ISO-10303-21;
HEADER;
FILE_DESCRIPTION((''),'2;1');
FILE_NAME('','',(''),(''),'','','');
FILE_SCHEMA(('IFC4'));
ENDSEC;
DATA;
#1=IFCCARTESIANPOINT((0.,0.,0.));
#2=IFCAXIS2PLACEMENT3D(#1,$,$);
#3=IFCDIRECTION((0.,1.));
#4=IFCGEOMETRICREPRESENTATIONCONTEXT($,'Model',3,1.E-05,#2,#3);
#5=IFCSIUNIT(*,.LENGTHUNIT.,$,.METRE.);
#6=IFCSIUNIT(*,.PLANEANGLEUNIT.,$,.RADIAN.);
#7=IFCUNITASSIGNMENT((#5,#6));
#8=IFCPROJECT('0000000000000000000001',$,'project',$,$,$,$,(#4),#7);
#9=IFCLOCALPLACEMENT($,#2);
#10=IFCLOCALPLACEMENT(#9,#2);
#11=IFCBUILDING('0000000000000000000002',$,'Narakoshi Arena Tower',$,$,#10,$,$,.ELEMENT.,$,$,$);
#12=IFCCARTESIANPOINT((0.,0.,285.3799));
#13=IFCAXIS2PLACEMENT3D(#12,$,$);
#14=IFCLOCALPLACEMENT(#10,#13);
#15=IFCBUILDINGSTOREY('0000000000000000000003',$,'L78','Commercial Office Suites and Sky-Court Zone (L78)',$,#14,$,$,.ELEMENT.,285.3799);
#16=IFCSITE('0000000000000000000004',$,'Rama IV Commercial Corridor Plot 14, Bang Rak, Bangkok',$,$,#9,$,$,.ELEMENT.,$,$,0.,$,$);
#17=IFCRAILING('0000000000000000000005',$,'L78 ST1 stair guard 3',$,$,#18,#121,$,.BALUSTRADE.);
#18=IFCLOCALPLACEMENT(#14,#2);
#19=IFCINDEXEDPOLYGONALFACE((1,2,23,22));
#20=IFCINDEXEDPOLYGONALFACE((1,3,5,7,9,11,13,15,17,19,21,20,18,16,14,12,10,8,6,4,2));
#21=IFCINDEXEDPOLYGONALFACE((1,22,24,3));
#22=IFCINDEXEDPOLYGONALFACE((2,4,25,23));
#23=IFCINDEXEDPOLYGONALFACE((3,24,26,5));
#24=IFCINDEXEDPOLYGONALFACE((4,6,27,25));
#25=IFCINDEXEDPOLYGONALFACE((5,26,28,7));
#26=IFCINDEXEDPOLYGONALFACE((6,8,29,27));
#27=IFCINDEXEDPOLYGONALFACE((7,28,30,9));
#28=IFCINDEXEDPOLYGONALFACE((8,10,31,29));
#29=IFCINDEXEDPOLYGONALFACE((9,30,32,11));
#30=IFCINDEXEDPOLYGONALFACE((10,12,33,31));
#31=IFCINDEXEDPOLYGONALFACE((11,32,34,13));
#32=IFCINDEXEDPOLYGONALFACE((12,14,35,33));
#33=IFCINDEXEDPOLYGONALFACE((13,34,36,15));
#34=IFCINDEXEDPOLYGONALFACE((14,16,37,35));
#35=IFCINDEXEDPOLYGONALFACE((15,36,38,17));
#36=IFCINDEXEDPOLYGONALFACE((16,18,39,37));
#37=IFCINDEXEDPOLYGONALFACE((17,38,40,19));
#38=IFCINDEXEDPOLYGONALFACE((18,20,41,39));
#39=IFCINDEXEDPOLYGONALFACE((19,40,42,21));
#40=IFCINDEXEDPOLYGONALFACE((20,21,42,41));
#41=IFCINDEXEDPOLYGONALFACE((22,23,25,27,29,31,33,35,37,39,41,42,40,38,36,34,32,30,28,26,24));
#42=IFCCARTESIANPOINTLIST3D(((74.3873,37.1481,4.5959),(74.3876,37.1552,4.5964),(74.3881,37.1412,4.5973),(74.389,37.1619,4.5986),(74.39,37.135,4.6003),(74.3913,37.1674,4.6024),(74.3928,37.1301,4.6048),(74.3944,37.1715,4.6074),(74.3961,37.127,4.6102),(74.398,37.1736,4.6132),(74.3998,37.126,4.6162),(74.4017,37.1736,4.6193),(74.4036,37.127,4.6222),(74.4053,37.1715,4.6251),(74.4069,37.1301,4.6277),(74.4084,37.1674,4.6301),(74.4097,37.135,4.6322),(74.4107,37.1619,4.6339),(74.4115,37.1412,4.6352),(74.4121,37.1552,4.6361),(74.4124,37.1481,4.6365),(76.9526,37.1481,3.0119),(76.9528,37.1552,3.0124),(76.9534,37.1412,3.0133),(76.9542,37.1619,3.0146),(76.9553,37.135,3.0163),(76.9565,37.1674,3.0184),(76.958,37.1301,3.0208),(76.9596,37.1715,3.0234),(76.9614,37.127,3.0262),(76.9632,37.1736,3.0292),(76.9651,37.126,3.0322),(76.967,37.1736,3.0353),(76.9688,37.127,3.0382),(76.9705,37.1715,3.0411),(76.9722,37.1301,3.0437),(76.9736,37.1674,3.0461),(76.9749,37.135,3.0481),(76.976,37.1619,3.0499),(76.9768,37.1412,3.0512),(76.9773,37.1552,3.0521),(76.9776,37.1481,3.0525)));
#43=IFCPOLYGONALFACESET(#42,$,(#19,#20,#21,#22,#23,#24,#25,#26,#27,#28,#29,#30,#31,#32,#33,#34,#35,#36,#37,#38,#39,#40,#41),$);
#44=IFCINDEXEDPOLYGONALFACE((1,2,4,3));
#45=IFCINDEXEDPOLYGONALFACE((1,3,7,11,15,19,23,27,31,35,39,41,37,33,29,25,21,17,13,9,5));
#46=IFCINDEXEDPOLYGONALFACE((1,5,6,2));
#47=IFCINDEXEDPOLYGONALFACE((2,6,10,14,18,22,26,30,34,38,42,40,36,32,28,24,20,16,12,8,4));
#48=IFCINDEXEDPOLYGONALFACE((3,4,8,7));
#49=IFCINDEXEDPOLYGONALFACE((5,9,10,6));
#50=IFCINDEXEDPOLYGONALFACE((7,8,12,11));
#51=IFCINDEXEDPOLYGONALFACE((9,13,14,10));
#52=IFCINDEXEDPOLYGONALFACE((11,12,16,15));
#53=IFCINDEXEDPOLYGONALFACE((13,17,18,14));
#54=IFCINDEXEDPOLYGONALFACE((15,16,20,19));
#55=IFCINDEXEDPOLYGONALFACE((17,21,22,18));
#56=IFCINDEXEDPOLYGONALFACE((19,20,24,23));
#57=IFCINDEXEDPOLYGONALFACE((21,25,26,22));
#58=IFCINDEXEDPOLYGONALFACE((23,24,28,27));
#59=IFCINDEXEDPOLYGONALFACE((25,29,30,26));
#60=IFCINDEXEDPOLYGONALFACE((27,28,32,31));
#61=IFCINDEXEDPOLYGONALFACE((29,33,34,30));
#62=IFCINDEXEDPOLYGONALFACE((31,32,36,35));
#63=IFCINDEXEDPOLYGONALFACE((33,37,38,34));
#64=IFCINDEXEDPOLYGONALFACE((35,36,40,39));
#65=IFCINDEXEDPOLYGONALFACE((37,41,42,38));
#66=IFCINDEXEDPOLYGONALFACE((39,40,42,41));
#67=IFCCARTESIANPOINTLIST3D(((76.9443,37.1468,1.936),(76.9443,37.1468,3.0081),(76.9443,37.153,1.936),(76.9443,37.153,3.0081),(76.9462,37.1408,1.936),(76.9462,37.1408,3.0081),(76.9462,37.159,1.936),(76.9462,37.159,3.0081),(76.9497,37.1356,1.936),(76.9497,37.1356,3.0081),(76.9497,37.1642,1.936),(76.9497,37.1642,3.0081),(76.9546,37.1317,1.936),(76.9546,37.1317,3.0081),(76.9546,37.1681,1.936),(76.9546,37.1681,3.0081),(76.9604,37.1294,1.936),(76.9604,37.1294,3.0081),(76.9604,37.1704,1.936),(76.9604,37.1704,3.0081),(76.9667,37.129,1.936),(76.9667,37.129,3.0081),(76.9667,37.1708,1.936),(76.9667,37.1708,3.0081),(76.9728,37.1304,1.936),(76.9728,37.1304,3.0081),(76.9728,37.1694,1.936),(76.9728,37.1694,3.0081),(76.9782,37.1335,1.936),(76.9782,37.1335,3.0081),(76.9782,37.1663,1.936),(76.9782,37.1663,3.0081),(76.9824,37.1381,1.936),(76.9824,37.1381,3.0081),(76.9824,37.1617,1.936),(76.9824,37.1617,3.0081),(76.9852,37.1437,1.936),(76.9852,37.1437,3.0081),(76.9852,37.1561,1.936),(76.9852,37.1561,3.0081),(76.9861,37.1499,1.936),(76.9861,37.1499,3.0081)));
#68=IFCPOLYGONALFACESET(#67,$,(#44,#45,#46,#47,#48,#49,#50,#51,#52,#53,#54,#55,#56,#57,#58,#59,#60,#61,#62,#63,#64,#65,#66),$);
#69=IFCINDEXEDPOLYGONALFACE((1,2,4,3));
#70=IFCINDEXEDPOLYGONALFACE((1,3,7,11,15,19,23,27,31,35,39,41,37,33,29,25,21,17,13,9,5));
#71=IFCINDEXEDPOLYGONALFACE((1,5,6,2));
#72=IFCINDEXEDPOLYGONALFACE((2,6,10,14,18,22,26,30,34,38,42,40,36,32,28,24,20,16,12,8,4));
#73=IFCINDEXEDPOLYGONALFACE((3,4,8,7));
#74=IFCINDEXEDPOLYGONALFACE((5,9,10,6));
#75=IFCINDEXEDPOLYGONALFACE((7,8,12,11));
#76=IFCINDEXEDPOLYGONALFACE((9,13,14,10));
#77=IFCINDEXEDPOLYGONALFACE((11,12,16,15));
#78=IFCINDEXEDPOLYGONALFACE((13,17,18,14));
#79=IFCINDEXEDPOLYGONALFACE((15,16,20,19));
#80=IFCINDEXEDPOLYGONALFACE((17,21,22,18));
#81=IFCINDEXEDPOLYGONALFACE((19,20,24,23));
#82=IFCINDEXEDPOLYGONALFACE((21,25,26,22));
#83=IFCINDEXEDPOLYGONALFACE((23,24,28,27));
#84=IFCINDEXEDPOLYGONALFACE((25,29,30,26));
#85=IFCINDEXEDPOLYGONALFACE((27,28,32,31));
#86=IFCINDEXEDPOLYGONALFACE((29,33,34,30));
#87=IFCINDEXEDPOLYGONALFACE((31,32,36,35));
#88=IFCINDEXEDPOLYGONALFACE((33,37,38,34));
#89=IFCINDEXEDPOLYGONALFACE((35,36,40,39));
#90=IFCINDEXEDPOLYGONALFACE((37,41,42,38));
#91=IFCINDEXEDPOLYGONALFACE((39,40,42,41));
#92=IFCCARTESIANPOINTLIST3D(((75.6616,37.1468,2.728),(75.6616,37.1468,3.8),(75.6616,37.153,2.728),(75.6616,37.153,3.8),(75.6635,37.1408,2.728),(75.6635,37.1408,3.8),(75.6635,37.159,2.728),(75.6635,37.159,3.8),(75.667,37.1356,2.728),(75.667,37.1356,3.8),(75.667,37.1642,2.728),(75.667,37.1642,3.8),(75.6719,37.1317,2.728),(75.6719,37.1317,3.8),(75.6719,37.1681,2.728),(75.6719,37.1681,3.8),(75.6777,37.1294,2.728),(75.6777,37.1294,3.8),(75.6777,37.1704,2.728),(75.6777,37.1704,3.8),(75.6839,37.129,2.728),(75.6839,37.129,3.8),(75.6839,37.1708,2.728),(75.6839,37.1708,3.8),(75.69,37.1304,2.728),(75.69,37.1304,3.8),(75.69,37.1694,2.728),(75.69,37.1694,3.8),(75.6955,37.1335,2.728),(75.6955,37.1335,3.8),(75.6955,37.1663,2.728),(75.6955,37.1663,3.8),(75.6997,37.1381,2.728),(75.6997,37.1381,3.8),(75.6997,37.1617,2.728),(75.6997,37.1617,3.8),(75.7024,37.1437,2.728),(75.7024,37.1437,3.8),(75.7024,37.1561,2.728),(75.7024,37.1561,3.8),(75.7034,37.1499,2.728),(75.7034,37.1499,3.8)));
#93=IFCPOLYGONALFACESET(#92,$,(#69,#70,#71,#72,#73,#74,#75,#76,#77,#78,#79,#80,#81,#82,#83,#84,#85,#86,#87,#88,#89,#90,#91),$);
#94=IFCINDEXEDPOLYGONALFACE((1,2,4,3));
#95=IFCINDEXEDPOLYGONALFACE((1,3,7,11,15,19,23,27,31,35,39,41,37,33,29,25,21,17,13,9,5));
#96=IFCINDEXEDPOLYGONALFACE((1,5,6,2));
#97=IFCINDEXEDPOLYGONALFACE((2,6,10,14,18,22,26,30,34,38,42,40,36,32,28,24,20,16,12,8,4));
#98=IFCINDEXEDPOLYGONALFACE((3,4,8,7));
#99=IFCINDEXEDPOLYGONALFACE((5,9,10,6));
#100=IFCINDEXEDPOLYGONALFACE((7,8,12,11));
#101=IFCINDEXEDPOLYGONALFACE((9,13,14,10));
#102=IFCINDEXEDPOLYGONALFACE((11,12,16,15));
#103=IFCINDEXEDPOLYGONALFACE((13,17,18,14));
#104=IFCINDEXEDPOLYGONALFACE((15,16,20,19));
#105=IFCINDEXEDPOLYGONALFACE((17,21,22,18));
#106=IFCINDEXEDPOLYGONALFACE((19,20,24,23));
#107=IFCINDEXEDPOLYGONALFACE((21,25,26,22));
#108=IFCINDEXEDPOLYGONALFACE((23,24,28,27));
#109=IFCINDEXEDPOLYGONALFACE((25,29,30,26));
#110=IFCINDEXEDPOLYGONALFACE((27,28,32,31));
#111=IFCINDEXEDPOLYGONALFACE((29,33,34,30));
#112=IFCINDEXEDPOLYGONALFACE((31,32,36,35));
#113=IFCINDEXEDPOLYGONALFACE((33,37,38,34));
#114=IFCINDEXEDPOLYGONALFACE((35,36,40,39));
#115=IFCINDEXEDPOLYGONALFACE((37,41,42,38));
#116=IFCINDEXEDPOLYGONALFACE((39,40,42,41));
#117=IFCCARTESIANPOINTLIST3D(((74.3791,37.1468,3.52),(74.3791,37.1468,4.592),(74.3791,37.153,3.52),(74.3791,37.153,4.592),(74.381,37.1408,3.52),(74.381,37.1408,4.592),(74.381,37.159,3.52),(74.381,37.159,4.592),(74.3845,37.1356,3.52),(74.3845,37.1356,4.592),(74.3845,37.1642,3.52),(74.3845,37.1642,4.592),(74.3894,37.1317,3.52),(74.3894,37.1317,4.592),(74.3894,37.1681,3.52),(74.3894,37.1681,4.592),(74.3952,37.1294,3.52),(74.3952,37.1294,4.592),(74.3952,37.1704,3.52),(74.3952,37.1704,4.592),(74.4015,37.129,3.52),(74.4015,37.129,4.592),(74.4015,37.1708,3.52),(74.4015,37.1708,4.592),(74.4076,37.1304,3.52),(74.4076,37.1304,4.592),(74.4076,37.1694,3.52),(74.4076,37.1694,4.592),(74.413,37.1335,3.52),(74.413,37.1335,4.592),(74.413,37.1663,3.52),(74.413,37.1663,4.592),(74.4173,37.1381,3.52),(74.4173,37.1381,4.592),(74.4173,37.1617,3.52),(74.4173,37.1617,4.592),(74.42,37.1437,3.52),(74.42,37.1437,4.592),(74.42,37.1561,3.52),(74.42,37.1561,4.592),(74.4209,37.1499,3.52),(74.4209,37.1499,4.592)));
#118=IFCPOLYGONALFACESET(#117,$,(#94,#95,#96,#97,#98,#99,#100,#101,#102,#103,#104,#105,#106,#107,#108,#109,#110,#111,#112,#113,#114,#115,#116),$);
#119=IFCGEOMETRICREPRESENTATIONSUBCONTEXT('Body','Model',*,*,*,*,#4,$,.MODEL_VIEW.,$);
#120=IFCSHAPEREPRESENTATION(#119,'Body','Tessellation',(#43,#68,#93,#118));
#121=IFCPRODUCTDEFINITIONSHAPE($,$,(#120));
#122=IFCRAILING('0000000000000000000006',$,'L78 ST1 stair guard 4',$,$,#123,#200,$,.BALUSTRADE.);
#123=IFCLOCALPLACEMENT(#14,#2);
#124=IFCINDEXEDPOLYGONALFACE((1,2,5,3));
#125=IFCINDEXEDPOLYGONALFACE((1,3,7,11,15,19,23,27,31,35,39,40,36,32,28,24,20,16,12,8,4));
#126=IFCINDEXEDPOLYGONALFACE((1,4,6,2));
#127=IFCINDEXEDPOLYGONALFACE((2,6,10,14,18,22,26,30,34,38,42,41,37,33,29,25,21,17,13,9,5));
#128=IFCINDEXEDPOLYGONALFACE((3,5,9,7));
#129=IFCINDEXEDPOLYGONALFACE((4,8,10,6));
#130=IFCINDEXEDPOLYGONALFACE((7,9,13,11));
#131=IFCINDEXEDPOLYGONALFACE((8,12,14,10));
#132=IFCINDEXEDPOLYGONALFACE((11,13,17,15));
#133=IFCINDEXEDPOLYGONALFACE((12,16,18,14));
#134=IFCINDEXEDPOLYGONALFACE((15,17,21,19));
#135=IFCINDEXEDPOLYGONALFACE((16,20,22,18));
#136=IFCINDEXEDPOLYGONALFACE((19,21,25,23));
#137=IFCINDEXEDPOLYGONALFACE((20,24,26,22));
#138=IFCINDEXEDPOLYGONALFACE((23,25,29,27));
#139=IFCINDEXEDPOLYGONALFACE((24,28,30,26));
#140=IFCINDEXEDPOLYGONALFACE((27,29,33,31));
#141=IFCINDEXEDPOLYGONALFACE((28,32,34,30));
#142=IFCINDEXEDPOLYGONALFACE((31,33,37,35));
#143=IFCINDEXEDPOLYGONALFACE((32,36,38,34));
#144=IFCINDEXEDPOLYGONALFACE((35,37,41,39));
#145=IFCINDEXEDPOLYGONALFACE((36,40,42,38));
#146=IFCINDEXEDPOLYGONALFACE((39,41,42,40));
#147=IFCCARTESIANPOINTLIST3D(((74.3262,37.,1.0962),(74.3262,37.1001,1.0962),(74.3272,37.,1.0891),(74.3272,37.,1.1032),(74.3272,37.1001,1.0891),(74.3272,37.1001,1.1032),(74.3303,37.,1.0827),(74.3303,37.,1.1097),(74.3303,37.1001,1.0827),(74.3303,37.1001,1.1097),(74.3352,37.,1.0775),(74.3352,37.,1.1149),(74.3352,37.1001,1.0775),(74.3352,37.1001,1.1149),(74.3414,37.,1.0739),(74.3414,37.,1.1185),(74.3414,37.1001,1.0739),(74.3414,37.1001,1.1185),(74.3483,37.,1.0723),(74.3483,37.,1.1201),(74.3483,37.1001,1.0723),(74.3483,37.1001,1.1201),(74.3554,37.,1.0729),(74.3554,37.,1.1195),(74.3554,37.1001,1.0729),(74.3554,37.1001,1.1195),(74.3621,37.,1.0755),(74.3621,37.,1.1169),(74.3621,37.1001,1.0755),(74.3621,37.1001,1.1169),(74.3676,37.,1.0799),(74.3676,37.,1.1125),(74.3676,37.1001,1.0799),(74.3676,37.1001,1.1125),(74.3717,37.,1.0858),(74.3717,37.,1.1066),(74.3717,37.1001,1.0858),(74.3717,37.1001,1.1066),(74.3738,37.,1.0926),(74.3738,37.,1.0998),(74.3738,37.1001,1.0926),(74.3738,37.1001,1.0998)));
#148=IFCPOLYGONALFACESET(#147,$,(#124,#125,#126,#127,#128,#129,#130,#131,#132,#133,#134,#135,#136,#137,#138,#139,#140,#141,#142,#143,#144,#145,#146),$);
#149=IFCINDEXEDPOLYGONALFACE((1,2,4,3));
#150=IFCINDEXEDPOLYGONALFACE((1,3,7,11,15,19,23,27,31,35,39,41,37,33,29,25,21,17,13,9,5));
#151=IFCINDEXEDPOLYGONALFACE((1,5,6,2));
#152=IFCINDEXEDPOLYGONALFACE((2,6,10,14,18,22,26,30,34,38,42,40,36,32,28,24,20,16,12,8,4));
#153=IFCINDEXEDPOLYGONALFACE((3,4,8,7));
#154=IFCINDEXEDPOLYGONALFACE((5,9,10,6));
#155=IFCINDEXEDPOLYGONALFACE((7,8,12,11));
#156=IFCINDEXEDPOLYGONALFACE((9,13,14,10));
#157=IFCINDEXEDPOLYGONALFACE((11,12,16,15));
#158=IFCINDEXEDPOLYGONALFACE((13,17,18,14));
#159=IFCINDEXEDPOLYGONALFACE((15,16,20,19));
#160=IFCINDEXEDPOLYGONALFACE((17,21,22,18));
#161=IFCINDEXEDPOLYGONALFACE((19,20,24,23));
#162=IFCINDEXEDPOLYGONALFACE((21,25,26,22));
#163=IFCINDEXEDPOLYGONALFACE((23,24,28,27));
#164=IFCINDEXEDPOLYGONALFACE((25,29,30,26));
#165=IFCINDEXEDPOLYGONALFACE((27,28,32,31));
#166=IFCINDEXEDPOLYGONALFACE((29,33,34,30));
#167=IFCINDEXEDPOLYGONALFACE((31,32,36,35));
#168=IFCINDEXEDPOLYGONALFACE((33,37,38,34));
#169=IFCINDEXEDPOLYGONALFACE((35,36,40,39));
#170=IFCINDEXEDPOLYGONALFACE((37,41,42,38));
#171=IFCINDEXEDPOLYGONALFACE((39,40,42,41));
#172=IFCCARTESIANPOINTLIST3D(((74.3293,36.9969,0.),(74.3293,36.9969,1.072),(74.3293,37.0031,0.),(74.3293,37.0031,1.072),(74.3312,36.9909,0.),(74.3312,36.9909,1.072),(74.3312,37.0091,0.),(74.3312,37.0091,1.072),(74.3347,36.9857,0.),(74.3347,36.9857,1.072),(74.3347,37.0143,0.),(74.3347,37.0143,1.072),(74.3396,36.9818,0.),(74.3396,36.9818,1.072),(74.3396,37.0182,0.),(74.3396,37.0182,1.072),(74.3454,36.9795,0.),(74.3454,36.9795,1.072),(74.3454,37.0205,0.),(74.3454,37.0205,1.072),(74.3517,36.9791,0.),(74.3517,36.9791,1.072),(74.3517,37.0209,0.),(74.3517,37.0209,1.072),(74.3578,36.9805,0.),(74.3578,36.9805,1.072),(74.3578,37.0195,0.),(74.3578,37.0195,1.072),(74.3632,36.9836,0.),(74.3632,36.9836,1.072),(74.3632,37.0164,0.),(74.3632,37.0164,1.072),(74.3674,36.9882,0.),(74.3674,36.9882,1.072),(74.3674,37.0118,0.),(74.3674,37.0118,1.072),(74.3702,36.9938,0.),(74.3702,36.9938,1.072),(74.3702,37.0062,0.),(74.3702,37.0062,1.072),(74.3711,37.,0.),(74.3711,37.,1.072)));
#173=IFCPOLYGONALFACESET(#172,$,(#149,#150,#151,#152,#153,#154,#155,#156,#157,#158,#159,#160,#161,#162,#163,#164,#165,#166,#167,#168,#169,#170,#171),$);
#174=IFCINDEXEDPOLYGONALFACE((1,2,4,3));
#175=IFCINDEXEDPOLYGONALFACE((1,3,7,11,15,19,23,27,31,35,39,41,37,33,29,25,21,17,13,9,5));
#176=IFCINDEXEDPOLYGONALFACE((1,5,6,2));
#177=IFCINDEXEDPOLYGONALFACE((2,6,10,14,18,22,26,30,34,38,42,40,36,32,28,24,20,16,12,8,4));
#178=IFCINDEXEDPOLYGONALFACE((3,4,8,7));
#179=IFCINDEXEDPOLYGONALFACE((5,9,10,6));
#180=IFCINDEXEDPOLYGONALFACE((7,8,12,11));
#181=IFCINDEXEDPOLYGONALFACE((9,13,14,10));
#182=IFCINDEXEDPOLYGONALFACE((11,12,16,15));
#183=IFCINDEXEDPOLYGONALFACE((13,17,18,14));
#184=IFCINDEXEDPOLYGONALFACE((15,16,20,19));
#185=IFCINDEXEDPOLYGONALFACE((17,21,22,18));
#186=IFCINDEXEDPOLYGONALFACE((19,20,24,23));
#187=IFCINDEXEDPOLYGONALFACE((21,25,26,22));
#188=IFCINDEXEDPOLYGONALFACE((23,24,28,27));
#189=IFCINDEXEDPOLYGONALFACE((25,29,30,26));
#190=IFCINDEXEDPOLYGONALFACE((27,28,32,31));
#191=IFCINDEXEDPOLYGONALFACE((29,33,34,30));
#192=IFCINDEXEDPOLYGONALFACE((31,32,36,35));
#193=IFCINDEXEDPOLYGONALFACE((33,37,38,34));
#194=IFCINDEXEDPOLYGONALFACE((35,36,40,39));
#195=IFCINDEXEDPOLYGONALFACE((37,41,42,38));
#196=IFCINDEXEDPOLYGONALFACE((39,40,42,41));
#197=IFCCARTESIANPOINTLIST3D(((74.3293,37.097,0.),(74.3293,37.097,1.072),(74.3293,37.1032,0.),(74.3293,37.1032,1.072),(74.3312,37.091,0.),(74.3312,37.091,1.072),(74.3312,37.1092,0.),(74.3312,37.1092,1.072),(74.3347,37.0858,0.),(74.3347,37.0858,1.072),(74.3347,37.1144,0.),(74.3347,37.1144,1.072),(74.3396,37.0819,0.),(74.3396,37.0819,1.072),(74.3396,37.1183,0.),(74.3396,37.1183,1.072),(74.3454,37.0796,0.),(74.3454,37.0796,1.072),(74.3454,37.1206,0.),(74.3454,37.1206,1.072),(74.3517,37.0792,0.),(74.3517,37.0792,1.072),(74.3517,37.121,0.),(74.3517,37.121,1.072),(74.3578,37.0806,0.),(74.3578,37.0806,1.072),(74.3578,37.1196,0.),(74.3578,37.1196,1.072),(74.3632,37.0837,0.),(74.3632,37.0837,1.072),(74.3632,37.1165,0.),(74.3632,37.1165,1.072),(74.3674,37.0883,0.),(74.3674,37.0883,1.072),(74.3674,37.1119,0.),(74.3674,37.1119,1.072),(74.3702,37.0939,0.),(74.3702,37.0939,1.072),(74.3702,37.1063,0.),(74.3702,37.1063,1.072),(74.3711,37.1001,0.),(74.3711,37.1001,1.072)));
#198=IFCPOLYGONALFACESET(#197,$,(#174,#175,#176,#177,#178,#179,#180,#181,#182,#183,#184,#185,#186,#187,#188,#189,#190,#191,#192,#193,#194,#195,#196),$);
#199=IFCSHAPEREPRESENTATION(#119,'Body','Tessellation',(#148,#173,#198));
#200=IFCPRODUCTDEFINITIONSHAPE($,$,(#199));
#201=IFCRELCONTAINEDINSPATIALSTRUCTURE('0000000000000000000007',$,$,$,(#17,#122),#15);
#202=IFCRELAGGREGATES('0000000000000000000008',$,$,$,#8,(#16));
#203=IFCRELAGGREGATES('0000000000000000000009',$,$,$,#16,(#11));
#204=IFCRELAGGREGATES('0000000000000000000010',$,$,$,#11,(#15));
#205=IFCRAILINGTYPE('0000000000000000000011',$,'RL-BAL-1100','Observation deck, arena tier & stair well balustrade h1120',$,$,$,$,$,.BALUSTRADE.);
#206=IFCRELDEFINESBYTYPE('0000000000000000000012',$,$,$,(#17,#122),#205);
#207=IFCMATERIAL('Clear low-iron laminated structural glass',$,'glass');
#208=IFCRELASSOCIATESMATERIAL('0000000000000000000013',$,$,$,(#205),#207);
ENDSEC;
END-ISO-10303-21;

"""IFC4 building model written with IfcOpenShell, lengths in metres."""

from ifc_helpers import new_model, si_unit, direction, frame, origin, origin_2d, place, context, subcontext, project, spatial, circle, extrude, material, type_object, element, save


model = new_model("IFC4")

# Units and contexts
model_context = context("Model", 3, precision=1e-05, world=origin(), true_north=direction((0.0, 1.0)))
body_context = subcontext(model_context, "Body", "Model", "MODEL_VIEW")
ifc_project = project(units=[si_unit("LENGTHUNIT", "METRE"), si_unit("PLANEANGLEUNIT", "RADIAN")], contexts=[model_context])

# Site, building, storey
site_placement = place(None, origin())
site = spatial("IfcSite", under=ifc_project, at=site_placement, Name="Rama IV Commercial Corridor Plot 14, Bang Rak, Bangkok", CompositionType="ELEMENT", RefElevation=0.0)
building_placement = place(site_placement, origin())
building = spatial("IfcBuilding", under=site, at=building_placement, Name="Narakoshi Arena Tower", CompositionType="ELEMENT")
storey_placement = place(building_placement, frame((0.0, 0.0, 285.3799)))
storey = spatial("IfcBuildingStorey", under=building, at=storey_placement, Name="L78", Description="Commercial Office Suites and Sky-Court Zone (L78)", CompositionType="ELEMENT", Elevation=285.3799)

# Railings
ifc_material_1 = material(Name="Clear low-iron laminated structural glass", Category="glass")
railing_type_1 = type_object("IfcRailingType", Name="RL-BAL-1100", Description="Observation deck, arena tier & stair well balustrade h1120", PredefinedType="BALUSTRADE", material=ifc_material_1)
railing_1_placement = place(storey_placement, frame((76.9651, 37.1499, 1.936)))
element("IfcRailing", 1, at=railing_1_placement, inside=storey, type_object=railing_type_1, Name="L78 ST1 stair guard 3", PredefinedType="BALUSTRADE", context=body_context, shape_type="SweptSolid", body=[
    extrude(circle(Radius=0.0239, at=origin_2d()), frame((0.0, 0.0, 1.0962), z_axis=(-0.850857, 0.0, 0.525398), x_axis=(0.0, -1.0, 0.0)), (0.0, 0.0, 1.0), 3.0149),
    extrude(circle(Radius=0.021, at=origin_2d()), origin(), (0.0, 0.0, 1.0), 1.072),
    extrude(circle(Radius=0.021, at=origin_2d()), frame((-1.2827, 0.0, 0.792)), (0.0, 0.0, 1.0), 1.072),
    extrude(circle(Radius=0.021, at=origin_2d()), frame((-2.5652, 0.0, 1.584)), (0.0, 0.0, 1.0), 1.072),
])
railing_2_placement = place(storey_placement, frame((74.3501, 37.0, 0.0)))
element("IfcRailing", 2, at=railing_2_placement, inside=storey, type_object=railing_type_1, Name="L78 ST1 stair guard 4", PredefinedType="BALUSTRADE", context=body_context, shape_type="SweptSolid", body=[
    extrude(circle(Radius=0.0239, at=origin_2d()), frame((0.0, 0.0, 1.0962), z_axis=(0.0, 1.0, 0.0), x_axis=(-1.0, 0.0, 0.0)), (0.0, 0.0, 1.0), 0.1001),
    extrude(circle(Radius=0.021, at=origin_2d()), origin(), (0.0, 0.0, 1.0), 1.072),
    extrude(circle(Radius=0.021, at=origin_2d()), frame((0.0, 0.1001, 0.0)), (0.0, 0.0, 1.0), 1.072),
])

save(model, "model.ifc")
